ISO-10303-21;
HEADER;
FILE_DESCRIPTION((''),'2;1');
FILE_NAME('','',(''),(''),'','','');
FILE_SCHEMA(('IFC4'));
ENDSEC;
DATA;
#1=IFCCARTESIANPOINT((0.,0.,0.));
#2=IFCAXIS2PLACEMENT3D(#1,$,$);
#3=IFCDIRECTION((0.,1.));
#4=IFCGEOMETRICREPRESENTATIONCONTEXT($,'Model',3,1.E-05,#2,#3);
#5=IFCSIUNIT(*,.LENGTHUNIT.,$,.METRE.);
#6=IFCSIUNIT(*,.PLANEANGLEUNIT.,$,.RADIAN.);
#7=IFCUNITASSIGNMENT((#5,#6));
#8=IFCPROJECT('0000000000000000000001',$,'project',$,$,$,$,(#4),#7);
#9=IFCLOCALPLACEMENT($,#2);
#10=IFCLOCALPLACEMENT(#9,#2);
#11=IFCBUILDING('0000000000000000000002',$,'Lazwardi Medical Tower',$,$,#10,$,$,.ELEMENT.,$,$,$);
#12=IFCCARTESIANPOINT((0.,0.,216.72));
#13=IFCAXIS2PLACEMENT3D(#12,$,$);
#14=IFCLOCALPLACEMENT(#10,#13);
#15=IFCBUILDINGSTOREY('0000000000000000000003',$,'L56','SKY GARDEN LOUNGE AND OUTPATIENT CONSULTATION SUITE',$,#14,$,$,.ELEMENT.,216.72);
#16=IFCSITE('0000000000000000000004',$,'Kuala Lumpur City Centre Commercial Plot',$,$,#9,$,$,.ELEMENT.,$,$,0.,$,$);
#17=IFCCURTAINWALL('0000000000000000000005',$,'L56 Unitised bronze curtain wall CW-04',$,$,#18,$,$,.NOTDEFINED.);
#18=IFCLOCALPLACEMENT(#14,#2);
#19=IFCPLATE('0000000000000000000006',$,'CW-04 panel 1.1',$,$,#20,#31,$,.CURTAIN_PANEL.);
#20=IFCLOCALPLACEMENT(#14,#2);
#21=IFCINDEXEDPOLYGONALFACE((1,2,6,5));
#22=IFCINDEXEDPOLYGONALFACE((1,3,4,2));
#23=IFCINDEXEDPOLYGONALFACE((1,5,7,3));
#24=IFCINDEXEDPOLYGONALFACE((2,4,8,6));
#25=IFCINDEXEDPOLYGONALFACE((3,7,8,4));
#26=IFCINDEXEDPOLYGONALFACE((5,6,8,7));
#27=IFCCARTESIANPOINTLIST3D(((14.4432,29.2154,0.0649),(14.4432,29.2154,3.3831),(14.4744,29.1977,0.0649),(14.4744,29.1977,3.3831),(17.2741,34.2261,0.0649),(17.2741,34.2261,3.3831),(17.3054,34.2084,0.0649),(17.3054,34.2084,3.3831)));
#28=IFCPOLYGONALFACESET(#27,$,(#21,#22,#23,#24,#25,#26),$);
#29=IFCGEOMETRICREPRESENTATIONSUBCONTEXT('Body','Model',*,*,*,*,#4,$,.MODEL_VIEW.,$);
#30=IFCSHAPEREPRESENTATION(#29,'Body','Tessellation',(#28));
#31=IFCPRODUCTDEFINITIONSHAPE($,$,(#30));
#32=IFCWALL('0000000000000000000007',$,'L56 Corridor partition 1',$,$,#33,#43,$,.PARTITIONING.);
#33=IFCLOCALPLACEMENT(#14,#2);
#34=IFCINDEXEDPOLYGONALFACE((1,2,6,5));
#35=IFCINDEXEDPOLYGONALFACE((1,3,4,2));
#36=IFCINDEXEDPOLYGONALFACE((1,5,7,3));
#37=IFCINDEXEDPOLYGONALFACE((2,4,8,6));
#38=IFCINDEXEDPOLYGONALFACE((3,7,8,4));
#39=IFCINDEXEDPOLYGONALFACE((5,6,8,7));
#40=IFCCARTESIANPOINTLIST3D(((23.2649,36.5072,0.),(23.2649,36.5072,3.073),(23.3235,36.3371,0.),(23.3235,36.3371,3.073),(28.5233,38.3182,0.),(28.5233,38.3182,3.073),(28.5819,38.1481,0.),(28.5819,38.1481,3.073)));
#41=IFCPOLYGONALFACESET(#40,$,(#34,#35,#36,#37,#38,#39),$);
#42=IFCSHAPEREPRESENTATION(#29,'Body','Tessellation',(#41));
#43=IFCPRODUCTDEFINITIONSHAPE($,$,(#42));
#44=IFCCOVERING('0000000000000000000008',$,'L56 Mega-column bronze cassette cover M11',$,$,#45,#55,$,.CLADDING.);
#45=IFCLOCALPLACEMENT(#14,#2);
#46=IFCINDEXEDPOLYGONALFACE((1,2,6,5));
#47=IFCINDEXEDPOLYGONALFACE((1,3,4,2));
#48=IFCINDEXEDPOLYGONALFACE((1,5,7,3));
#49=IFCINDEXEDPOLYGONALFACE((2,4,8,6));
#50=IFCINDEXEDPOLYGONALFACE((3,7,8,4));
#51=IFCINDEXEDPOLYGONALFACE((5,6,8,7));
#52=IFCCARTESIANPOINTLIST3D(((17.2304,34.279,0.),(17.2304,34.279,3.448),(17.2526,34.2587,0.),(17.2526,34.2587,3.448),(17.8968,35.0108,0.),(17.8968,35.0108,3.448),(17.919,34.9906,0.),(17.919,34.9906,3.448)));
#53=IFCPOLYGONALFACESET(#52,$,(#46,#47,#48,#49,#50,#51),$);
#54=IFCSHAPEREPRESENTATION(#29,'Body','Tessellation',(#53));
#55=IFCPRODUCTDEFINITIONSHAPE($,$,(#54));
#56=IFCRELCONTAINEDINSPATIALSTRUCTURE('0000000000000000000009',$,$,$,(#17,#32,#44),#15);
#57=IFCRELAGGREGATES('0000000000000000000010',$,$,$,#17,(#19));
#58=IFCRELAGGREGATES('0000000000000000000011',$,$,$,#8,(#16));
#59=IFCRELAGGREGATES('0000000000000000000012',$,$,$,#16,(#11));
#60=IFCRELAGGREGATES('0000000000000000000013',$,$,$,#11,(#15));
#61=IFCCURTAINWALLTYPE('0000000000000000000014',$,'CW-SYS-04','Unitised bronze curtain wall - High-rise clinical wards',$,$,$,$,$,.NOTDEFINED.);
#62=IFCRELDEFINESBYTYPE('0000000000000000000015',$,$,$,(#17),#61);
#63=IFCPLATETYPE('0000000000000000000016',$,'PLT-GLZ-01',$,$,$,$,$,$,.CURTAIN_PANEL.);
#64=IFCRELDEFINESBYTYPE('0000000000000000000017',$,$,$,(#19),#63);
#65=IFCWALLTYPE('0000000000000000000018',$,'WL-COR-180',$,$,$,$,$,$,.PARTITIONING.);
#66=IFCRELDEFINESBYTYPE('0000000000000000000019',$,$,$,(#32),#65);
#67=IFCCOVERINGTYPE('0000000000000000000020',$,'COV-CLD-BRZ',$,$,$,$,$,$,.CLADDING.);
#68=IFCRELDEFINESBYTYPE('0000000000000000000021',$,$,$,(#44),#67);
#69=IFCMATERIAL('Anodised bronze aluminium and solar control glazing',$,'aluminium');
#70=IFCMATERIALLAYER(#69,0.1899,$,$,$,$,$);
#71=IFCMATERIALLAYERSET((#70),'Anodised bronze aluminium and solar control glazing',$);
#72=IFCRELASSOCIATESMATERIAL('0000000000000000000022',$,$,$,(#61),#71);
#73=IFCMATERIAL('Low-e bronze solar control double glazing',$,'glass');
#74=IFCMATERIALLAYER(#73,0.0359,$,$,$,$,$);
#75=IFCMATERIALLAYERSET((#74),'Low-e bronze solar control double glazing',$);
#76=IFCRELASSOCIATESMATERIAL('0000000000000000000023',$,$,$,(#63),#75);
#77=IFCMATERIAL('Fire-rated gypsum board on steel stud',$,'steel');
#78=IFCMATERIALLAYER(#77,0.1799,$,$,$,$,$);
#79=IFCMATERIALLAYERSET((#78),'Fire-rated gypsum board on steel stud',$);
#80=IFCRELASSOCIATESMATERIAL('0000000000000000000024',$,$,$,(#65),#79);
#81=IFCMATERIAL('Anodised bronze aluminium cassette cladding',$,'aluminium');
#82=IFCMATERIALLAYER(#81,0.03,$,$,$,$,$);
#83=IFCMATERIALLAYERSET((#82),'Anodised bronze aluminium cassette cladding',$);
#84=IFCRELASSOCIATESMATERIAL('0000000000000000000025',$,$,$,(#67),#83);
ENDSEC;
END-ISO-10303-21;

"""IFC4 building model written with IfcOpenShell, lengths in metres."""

from ifc_helpers import new_model, si_unit, direction, frame, frame_2d, origin, origin_2d, place, context, subcontext, project, spatial, rectangle, extrude, material, layer, layer_set, type_object, element, aggregate, save


model = new_model("IFC4")

# Units and contexts
model_context = context("Model", 3, precision=1e-05, world=origin(), true_north=direction((0.0, 1.0)))
body_context = subcontext(model_context, "Body", "Model", "MODEL_VIEW")
ifc_project = project(units=[si_unit("LENGTHUNIT", "METRE"), si_unit("PLANEANGLEUNIT", "RADIAN")], contexts=[model_context])

# Site, building, storey
site_placement = place(None, origin())
site = spatial("IfcSite", under=ifc_project, at=site_placement, Name="Kuala Lumpur City Centre Commercial Plot", CompositionType="ELEMENT", RefElevation=0.0)
building_placement = place(site_placement, origin())
building = spatial("IfcBuilding", under=site, at=building_placement, Name="Lazwardi Medical Tower", CompositionType="ELEMENT")
storey_placement = place(building_placement, frame((0.0, 0.0, 216.72)))
storey = spatial("IfcBuildingStorey", under=building, at=storey_placement, Name="L56", Description="SKY GARDEN LOUNGE AND OUTPATIENT CONSULTATION SUITE", CompositionType="ELEMENT", Elevation=216.72)

# Shared definitions
ifc_material_1 = material(Name="Anodised bronze aluminium and solar control glazing", Category="aluminium")
ifc_layer_1 = layer(ifc_material_1, 0.1899)
ifc_layer_set_1 = layer_set([ifc_layer_1], Name="Anodised bronze aluminium and solar control glazing")
curtain_wall_type = type_object("IfcCurtainWallType", Name="CW-SYS-04", Description="Unitised bronze curtain wall - High-rise clinical wards", PredefinedType="NOTDEFINED", material=ifc_layer_set_1)

# Curtain wall
curtain_wall_1_placement = place(storey_placement, origin())
curtain_wall_1 = element("IfcCurtainWall", 1, at=curtain_wall_1_placement, inside=storey, type_object=curtain_wall_type, Name="L56 Unitised bronze curtain wall CW-04", PredefinedType="NOTDEFINED")

# Plate
ifc_material_2 = material(Name="Low-e bronze solar control double glazing", Category="glass")
ifc_layer_2 = layer(ifc_material_2, 0.0359)
ifc_layer_set_2 = layer_set([ifc_layer_2], Name="Low-e bronze solar control double glazing")
plate_type = type_object("IfcPlateType", Name="PLT-GLZ-01", PredefinedType="CURTAIN_PANEL", material=ifc_layer_set_2)
plate_1_placement = place(storey_placement, frame((15.8743, 31.7119, 0.0649), z_axis=(0.0, 0.0, 1.0), x_axis=(-0.4919, -0.870651, 0.0)))
plate_1 = element("IfcPlate", 2, at=plate_1_placement, type_object=plate_type, Name="CW-04 panel 1.1", PredefinedType="CURTAIN_PANEL", context=body_context, shape_type="SweptSolid", body=[
    extrude(rectangle(XDim=5.7551, YDim=0.0359, at=origin_2d()), origin(), (0.0, 0.0, 1.0), 3.3181),
])
aggregate(curtain_wall_1, [plate_1])

# Wall
ifc_material_3 = material(Name="Fire-rated gypsum board on steel stud", Category="steel")
ifc_layer_3 = layer(ifc_material_3, 0.1799)
ifc_layer_set_3 = layer_set([ifc_layer_3], Name="Fire-rated gypsum board on steel stud")
wall_type = type_object("IfcWallType", Name="WL-COR-180", PredefinedType="PARTITIONING", material=ifc_layer_set_3)
wall_placement = place(storey_placement, frame((23.2942, 36.4221, 0.0), z_axis=(0.0, 0.0, 1.0), x_axis=(0.945493, 0.325642, 0.0)))
element("IfcWall", 3, at=wall_placement, inside=storey, type_object=wall_type, Name="L56 Corridor partition 1", PredefinedType="PARTITIONING", context=body_context, shape_type="SweptSolid", body=[
    extrude(rectangle(XDim=5.5615, YDim=0.1799, at=frame_2d((2.7808, 0.0))), origin(), (0.0, 0.0, 1.0), 3.073),
])

# Covering
ifc_material_4 = material(Name="Anodised bronze aluminium cassette cladding", Category="aluminium")
ifc_layer_4 = layer(ifc_material_4, 0.03)
ifc_layer_set_4 = layer_set([ifc_layer_4], Name="Anodised bronze aluminium cassette cladding")
covering_type = type_object("IfcCoveringType", Name="COV-CLD-BRZ", PredefinedType="CLADDING", material=ifc_layer_set_4)
covering_placement = place(storey_placement, frame((17.5747, 34.6348, 0.0), z_axis=(0.0, 0.0, 1.0), x_axis=(-0.673241, -0.739423, 0.0)))
element("IfcCovering", 4, at=covering_placement, inside=storey, type_object=covering_type, Name="L56 Mega-column bronze cassette cover M11", PredefinedType="CLADDING", context=body_context, shape_type="SweptSolid", body=[
    extrude(rectangle(XDim=0.9897, YDim=0.03, at=origin_2d()), origin(), (0.0, 0.0, 1.0), 3.448),
])

save(model, "model.ifc")
